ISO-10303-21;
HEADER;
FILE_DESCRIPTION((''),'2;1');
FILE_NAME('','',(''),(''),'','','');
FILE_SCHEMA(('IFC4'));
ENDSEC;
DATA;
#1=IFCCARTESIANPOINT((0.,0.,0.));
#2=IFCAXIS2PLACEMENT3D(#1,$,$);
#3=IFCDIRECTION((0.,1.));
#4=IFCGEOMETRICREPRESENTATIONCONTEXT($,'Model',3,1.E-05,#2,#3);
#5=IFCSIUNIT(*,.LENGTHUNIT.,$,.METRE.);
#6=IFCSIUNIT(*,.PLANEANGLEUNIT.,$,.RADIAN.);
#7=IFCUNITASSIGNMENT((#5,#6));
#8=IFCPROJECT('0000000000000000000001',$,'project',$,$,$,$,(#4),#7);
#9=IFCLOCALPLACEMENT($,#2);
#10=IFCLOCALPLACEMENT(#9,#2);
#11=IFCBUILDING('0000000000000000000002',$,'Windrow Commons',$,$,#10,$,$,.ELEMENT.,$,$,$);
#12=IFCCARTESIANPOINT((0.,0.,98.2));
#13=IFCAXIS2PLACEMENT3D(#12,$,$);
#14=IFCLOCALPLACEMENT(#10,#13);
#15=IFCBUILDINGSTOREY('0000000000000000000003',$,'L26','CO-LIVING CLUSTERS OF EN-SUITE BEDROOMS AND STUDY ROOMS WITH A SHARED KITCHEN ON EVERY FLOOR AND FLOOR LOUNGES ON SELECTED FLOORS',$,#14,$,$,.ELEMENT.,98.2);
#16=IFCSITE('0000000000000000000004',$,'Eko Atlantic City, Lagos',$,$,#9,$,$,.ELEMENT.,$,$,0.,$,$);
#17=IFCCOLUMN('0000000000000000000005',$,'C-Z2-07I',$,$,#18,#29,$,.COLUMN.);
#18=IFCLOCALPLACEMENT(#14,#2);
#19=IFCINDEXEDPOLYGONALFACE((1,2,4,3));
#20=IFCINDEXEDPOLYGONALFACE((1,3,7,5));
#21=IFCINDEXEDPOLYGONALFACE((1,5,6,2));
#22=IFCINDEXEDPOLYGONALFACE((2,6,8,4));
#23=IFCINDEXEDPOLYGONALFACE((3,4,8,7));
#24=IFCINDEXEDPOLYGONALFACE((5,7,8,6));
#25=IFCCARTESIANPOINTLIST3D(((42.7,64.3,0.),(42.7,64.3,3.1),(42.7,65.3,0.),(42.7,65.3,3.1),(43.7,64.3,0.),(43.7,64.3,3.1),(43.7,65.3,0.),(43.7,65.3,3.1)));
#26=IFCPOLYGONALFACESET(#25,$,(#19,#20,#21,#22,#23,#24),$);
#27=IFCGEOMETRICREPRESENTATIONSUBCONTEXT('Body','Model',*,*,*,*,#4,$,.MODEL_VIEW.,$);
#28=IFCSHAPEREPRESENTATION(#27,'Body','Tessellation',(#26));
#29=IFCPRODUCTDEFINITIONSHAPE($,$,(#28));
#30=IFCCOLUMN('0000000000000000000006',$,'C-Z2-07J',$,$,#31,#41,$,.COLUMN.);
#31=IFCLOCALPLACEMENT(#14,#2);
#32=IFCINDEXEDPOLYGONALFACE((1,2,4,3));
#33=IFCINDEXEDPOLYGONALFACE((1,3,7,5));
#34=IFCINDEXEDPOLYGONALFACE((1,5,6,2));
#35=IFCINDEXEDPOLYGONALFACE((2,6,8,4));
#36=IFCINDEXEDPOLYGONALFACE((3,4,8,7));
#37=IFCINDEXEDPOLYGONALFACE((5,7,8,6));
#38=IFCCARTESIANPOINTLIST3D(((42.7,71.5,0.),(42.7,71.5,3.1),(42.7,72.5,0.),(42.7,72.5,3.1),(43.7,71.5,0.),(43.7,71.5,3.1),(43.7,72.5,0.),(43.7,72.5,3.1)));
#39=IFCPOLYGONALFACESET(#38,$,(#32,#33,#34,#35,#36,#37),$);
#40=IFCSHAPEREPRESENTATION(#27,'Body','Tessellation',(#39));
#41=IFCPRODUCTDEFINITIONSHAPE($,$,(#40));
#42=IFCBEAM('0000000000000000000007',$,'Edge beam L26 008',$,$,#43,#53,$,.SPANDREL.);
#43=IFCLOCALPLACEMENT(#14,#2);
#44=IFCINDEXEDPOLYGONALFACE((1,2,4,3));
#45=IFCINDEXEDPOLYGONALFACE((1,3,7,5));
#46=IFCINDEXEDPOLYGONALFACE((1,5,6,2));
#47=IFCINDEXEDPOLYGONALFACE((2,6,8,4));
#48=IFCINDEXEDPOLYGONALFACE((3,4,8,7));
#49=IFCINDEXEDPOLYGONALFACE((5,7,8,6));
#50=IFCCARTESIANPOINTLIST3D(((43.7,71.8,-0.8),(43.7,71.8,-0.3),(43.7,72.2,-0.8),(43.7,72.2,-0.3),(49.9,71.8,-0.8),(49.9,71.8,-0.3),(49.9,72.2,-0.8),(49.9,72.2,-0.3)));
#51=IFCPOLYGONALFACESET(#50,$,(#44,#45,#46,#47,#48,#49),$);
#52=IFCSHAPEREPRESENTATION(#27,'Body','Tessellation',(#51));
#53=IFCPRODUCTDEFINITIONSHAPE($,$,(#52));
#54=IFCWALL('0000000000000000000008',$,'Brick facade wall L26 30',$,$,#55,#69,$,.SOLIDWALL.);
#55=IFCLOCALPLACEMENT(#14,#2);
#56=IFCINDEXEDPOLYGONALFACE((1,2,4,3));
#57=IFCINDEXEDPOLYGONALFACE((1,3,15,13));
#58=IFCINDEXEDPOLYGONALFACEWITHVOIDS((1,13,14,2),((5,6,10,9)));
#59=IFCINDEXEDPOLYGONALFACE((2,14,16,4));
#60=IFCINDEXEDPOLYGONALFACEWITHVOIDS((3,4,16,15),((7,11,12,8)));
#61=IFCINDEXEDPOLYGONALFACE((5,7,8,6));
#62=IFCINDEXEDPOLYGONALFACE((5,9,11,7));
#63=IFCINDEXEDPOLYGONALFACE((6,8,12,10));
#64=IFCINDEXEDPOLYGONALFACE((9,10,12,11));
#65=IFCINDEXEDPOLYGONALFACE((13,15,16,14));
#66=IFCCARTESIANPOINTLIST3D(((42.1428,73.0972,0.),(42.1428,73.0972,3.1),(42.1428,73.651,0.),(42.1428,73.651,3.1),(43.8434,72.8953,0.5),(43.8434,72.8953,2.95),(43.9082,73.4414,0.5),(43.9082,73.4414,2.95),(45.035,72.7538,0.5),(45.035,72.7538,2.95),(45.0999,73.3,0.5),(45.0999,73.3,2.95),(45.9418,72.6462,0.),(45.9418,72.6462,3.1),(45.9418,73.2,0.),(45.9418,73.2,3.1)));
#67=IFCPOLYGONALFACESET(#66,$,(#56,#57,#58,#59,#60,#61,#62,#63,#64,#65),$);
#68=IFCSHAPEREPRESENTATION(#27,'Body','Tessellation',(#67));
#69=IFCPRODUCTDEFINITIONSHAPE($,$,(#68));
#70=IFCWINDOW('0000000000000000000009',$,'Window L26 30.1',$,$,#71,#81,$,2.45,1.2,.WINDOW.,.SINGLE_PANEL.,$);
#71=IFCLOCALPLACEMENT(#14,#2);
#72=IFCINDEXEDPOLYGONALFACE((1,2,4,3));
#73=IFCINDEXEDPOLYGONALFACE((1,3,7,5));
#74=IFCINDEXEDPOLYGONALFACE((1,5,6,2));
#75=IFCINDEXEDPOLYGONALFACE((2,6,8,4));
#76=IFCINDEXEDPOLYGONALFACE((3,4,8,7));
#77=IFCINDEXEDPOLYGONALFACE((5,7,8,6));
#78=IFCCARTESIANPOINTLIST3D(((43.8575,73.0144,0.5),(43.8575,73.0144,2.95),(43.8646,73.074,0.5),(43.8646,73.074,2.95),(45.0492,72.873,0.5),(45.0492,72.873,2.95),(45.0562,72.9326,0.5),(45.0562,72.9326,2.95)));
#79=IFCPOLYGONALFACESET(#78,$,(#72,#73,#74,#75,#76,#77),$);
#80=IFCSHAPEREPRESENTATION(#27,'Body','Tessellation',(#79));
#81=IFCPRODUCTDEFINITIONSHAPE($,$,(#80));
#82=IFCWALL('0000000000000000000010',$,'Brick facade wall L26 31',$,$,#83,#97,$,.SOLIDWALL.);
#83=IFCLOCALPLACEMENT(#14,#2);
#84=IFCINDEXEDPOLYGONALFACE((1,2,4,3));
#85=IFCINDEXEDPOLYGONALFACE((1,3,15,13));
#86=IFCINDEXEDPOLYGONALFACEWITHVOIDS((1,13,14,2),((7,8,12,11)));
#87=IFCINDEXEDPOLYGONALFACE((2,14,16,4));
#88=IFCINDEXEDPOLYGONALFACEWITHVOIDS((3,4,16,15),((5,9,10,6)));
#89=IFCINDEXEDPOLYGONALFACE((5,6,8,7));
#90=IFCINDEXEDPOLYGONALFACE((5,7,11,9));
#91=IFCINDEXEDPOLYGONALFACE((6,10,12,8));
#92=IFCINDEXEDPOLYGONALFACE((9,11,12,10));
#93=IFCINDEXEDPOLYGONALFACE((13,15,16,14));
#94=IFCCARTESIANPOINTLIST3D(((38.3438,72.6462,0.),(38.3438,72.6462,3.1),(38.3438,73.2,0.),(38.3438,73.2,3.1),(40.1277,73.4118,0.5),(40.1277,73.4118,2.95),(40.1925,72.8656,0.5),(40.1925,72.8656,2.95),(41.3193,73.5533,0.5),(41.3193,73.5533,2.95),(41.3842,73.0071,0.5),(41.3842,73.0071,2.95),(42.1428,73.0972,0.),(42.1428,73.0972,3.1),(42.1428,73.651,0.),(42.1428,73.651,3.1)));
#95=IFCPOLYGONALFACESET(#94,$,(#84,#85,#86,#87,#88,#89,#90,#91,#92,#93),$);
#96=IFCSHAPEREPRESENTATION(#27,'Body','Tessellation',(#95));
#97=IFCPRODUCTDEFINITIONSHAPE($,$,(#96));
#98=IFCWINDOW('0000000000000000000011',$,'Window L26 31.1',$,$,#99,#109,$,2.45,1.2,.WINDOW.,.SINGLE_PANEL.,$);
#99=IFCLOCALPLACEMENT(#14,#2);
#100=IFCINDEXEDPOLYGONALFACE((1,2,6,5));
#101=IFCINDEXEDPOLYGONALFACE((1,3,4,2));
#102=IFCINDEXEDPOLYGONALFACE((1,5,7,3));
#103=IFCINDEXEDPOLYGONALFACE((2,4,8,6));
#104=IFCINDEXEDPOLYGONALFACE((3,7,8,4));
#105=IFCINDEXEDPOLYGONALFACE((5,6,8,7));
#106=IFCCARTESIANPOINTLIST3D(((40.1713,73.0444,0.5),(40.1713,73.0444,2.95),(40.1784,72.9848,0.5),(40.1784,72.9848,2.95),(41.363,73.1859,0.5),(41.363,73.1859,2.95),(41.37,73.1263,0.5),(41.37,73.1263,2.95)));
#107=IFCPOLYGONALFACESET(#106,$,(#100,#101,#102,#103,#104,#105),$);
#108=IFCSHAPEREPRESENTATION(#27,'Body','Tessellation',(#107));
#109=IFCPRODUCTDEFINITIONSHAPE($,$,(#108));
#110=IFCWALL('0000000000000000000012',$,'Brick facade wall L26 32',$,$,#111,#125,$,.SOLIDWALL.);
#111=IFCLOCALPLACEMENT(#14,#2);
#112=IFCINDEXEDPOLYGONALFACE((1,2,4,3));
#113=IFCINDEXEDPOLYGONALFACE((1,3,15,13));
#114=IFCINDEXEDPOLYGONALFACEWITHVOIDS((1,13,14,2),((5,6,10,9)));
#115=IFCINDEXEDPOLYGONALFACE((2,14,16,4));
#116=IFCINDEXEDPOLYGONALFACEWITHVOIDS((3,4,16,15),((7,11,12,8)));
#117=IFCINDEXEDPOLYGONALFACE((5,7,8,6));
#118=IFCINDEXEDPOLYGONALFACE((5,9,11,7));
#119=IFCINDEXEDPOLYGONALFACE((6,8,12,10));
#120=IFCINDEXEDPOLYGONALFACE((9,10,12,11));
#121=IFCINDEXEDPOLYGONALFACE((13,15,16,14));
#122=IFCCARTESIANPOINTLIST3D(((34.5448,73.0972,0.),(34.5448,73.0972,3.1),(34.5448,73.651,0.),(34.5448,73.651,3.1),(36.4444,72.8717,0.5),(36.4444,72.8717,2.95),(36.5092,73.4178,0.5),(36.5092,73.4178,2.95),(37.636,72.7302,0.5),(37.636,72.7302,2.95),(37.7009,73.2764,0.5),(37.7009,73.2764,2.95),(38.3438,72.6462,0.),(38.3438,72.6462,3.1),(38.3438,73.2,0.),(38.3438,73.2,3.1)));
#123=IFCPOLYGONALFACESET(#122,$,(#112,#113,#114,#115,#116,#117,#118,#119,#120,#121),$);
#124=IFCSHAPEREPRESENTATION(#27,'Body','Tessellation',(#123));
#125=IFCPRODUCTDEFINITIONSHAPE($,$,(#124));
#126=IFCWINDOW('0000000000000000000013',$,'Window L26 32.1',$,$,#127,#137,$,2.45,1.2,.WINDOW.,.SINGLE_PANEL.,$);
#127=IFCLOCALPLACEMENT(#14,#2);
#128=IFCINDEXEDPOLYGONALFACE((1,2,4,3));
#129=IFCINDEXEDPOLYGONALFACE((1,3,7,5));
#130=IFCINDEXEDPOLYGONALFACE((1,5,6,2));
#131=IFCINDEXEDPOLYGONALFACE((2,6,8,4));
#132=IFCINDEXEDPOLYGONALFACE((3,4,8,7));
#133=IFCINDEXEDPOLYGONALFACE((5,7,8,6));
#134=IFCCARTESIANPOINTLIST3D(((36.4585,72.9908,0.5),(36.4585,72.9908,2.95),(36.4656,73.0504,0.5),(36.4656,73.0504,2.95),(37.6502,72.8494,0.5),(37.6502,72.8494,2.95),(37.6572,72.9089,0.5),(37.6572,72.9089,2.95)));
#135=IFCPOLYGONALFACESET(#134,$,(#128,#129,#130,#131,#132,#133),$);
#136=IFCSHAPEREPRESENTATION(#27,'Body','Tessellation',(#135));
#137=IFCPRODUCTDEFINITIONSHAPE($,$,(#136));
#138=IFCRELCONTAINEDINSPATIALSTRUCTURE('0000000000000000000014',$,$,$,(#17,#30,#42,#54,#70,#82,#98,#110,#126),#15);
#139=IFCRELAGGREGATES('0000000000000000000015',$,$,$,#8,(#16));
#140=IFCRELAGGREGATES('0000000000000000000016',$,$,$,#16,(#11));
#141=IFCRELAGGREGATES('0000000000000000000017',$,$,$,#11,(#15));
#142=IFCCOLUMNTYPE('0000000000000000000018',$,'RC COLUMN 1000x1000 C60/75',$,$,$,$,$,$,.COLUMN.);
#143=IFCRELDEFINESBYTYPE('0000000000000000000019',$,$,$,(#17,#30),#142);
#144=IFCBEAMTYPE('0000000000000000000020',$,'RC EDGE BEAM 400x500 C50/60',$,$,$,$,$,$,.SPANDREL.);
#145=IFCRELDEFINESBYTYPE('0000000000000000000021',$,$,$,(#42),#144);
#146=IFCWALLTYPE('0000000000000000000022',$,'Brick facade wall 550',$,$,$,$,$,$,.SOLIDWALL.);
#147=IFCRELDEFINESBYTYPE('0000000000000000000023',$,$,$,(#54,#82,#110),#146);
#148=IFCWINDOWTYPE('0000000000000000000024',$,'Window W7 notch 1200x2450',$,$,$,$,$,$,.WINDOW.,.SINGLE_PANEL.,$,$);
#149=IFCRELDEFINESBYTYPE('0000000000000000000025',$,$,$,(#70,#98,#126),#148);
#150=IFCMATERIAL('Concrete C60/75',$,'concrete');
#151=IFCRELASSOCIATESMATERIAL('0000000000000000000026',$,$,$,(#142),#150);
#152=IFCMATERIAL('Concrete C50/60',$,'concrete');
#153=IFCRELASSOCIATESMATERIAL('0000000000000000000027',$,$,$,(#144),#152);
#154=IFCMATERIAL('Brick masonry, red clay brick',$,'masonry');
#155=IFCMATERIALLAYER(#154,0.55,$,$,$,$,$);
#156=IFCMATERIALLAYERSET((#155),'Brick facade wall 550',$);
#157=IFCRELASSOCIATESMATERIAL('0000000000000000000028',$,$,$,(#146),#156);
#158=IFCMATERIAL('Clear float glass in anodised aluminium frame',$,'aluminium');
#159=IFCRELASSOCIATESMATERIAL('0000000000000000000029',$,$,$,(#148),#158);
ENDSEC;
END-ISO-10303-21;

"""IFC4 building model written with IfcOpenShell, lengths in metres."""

from ifc_helpers import new_model, si_unit, direction, frame, frame_2d, origin, origin_2d, place, context, subcontext, project, spatial, polyline, rectangle, outline, extrude, material, layer, layer_set, material_profile, profile_set, type_object, element, fill, save


model = new_model("IFC4")

# Units and contexts
model_context = context("Model", 3, precision=1e-05, world=origin(), true_north=direction((0.0, 1.0)))
body_context = subcontext(model_context, "Body", "Model", "MODEL_VIEW")
ifc_project = project(units=[si_unit("LENGTHUNIT", "METRE"), si_unit("PLANEANGLEUNIT", "RADIAN")], contexts=[model_context])

# Site, building, storey
site_placement = place(None, origin())
site = spatial("IfcSite", under=ifc_project, at=site_placement, Name="Eko Atlantic City, Lagos", CompositionType="ELEMENT", RefElevation=0.0)
building_placement = place(site_placement, origin())
building = spatial("IfcBuilding", under=site, at=building_placement, Name="Windrow Commons", CompositionType="ELEMENT")
storey_placement = place(building_placement, frame((0.0, 0.0, 98.2)))
storey = spatial("IfcBuildingStorey", under=building, at=storey_placement, Name="L26", Description="CO-LIVING CLUSTERS OF EN-SUITE BEDROOMS AND STUDY ROOMS WITH A SHARED KITCHEN ON EVERY FLOOR AND FLOOR LOUNGES ON SELECTED FLOORS", CompositionType="ELEMENT", Elevation=98.2)

# Columns
ifc_material_1 = material(Name="Concrete C60/75", Category="concrete")
ifc_material_profile_1 = material_profile(ifc_material_1, rectangle(XDim=1.0, YDim=1.0, at=origin_2d()))
ifc_profile_set_1 = profile_set([ifc_material_profile_1], Name="Concrete C60/75")
column_type = type_object("IfcColumnType", Name="RC COLUMN 1000x1000 C60/75", PredefinedType="COLUMN", material=ifc_profile_set_1)
for number, where, z_axis, x_axis, name in (
    (1, (43.2, 64.8, 0.0), (0.0, 0.0, 1.0), (1.0, 0.0, 0.0), "C-Z2-07I"),
    (2, (43.2, 72.0, 0.0), (0.0, 0.0, 1.0), (1.0, 0.0, 0.0), "C-Z2-07J"),
):
    element("IfcColumn", number, at=place(storey_placement, frame(where, z_axis=z_axis, x_axis=x_axis)), inside=storey, type_object=column_type, Name=name, PredefinedType="COLUMN", context=body_context, shape_type="SweptSolid", body=[
        extrude(rectangle(XDim=1.0, YDim=1.0, at=origin_2d()), origin(), (0.0, 0.0, 1.0), 3.1),
    ])

# Beam
ifc_material_2 = material(Name="Concrete C50/60", Category="concrete")
ifc_material_profile_2 = material_profile(ifc_material_2, rectangle(XDim=0.4, YDim=0.5, at=origin_2d()))
ifc_profile_set_2 = profile_set([ifc_material_profile_2], Name="Concrete C50/60")
beam_type = type_object("IfcBeamType", Name="RC EDGE BEAM 400x500 C50/60", PredefinedType="SPANDREL", material=ifc_profile_set_2)
beam_placement = place(storey_placement, frame((43.7, 72.0, -0.55), z_axis=(1.0, 0.0, 0.0), x_axis=(0.0, 1.0, 0.0)))
element("IfcBeam", 3, at=beam_placement, inside=storey, type_object=beam_type, Name="Edge beam L26 008", PredefinedType="SPANDREL", context=body_context, shape_type="SweptSolid", body=[
    extrude(rectangle(XDim=0.4, YDim=0.5, at=origin_2d()), origin(), (0.0, 0.0, 1.0), 6.2),
])

# Walls, openings, windows
ifc_material_3 = material(Name="Brick masonry, red clay brick", Category="masonry")
ifc_layer_1 = layer(ifc_material_3, 0.55)
ifc_layer_set_1 = layer_set([ifc_layer_1], Name="Brick facade wall 550")
wall_type_1 = type_object("IfcWallType", Name="Brick facade wall 550", PredefinedType="SOLIDWALL", material=ifc_layer_set_1)
wall_1_placement = place(storey_placement, frame((45.9418, 72.9231, 0.0), z_axis=(0.0, 0.0, 1.0), x_axis=(-0.993027, 0.117888, 0.0)))
wall_1 = element("IfcWall", 4, at=wall_1_placement, inside=storey, type_object=wall_type_1, Name="Brick facade wall L26 30", PredefinedType="SOLIDWALL", context=body_context, shape_type="SweptSolid", body=[
    extrude(outline(polyline([(0.0326, -0.275), (3.8583, -0.275), (3.793, 0.275), (-0.0326, 0.275), (0.0326, -0.275)])), origin(), (0.0, 0.0, 1.0), 3.1),
])
opening_1_placement = place(wall_1_placement, frame((0.8805, 0.0, 0.5)))
opening_1 = element("IfcOpeningElement", 5, at=opening_1_placement, cuts=wall_1, PredefinedType="OPENING", context=body_context, shape_type="SweptSolid", body=[
    extrude(rectangle(XDim=1.2, YDim=2.45, at=frame_2d((0.6, 1.225))), frame((0.0, 0.285, 0.0), z_axis=(0.0, -1.0, 0.0), x_axis=(1.0, 0.0, 0.0)), (0.0, 0.0, 1.0), 0.57),
])
ifc_material_4 = material(Name="Clear float glass in anodised aluminium frame", Category="aluminium")
window_type = type_object("IfcWindowType", Name="Window W7 notch 1200x2450", PartitioningType="SINGLE_PANEL", PredefinedType="WINDOW", material=ifc_material_4)
window_1_placement = place(opening_1_placement, origin())
window_1 = element("IfcWindow", 6, at=window_1_placement, inside=storey, type_object=window_type, Name="Window L26 30.1", OverallHeight=2.45, OverallWidth=1.2, PartitioningType="SINGLE_PANEL", PredefinedType="WINDOW", context=body_context, shape_type="SweptSolid", body=[
    extrude(rectangle(XDim=1.2, YDim=2.45, at=frame_2d((0.6, 1.225))), frame((0.0, 0.155, 0.0), z_axis=(0.0, -1.0, 0.0), x_axis=(1.0, 0.0, 0.0)), (0.0, 0.0, 1.0), 0.06),
])
fill(opening_1, window_1)
wall_2_placement = place(storey_placement, frame((42.1428, 73.3741, 0.0), z_axis=(0.0, 0.0, 1.0), x_axis=(-0.993027, -0.117888, 0.0)))
wall_2 = element("IfcWall", 7, at=wall_2_placement, inside=storey, type_object=wall_type_1, Name="Brick facade wall L26 31", PredefinedType="SOLIDWALL", context=body_context, shape_type="SweptSolid", body=[
    extrude(outline(polyline([(-0.0326, -0.275), (3.793, -0.275), (3.8583, 0.275), (0.0326, 0.275), (-0.0326, -0.275)])), origin(), (0.0, 0.0, 1.0), 3.1),
])
opening_2_placement = place(wall_2_placement, frame((0.7966, 0.0, 0.5)))
opening_2 = element("IfcOpeningElement", 8, at=opening_2_placement, cuts=wall_2, PredefinedType="OPENING", context=body_context, shape_type="SweptSolid", body=[
    extrude(rectangle(XDim=1.2, YDim=2.45, at=frame_2d((0.6, 1.225))), frame((0.0, 0.285, 0.0), z_axis=(0.0, -1.0, 0.0), x_axis=(1.0, 0.0, 0.0)), (0.0, 0.0, 1.0), 0.57),
])
window_2_placement = place(opening_2_placement, origin())
window_2 = element("IfcWindow", 9, at=window_2_placement, inside=storey, type_object=window_type, Name="Window L26 31.1", OverallHeight=2.45, OverallWidth=1.2, PartitioningType="SINGLE_PANEL", PredefinedType="WINDOW", context=body_context, shape_type="SweptSolid", body=[
    extrude(rectangle(XDim=1.2, YDim=2.45, at=frame_2d((0.6, 1.225))), frame((0.0, 0.155, 0.0), z_axis=(0.0, -1.0, 0.0), x_axis=(1.0, 0.0, 0.0)), (0.0, 0.0, 1.0), 0.06),
])
fill(opening_2, window_2)
wall_3_placement = place(storey_placement, frame((38.3438, 72.9231, 0.0), z_axis=(0.0, 0.0, 1.0), x_axis=(-0.993027, 0.117891, 0.0)))
wall_3 = element("IfcWall", 10, at=wall_3_placement, inside=storey, type_object=wall_type_1, Name="Brick facade wall L26 32", PredefinedType="SOLIDWALL", context=body_context, shape_type="SweptSolid", body=[
    extrude(outline(polyline([(0.0326, -0.275), (3.8583, -0.275), (3.793, 0.275), (-0.0326, 0.275), (0.0326, -0.275)])), origin(), (0.0, 0.0, 1.0), 3.1),
])
opening_3_placement = place(wall_3_placement, frame((0.6801, 0.0, 0.5)))
opening_3 = element("IfcOpeningElement", 11, at=opening_3_placement, cuts=wall_3, PredefinedType="OPENING", context=body_context, shape_type="SweptSolid", body=[
    extrude(rectangle(XDim=1.2, YDim=2.45, at=frame_2d((0.6, 1.225))), frame((0.0, 0.285, 0.0), z_axis=(0.0, -1.0, 0.0), x_axis=(1.0, 0.0, 0.0)), (0.0, 0.0, 1.0), 0.57),
])
window_3_placement = place(opening_3_placement, origin())
window_3 = element("IfcWindow", 12, at=window_3_placement, inside=storey, type_object=window_type, Name="Window L26 32.1", OverallHeight=2.45, OverallWidth=1.2, PartitioningType="SINGLE_PANEL", PredefinedType="WINDOW", context=body_context, shape_type="SweptSolid", body=[
    extrude(rectangle(XDim=1.2, YDim=2.45, at=frame_2d((0.6, 1.225))), frame((0.0, 0.155, 0.0), z_axis=(0.0, -1.0, 0.0), x_axis=(1.0, 0.0, 0.0)), (0.0, 0.0, 1.0), 0.06),
])
fill(opening_3, window_3)

save(model, "model.ifc")
